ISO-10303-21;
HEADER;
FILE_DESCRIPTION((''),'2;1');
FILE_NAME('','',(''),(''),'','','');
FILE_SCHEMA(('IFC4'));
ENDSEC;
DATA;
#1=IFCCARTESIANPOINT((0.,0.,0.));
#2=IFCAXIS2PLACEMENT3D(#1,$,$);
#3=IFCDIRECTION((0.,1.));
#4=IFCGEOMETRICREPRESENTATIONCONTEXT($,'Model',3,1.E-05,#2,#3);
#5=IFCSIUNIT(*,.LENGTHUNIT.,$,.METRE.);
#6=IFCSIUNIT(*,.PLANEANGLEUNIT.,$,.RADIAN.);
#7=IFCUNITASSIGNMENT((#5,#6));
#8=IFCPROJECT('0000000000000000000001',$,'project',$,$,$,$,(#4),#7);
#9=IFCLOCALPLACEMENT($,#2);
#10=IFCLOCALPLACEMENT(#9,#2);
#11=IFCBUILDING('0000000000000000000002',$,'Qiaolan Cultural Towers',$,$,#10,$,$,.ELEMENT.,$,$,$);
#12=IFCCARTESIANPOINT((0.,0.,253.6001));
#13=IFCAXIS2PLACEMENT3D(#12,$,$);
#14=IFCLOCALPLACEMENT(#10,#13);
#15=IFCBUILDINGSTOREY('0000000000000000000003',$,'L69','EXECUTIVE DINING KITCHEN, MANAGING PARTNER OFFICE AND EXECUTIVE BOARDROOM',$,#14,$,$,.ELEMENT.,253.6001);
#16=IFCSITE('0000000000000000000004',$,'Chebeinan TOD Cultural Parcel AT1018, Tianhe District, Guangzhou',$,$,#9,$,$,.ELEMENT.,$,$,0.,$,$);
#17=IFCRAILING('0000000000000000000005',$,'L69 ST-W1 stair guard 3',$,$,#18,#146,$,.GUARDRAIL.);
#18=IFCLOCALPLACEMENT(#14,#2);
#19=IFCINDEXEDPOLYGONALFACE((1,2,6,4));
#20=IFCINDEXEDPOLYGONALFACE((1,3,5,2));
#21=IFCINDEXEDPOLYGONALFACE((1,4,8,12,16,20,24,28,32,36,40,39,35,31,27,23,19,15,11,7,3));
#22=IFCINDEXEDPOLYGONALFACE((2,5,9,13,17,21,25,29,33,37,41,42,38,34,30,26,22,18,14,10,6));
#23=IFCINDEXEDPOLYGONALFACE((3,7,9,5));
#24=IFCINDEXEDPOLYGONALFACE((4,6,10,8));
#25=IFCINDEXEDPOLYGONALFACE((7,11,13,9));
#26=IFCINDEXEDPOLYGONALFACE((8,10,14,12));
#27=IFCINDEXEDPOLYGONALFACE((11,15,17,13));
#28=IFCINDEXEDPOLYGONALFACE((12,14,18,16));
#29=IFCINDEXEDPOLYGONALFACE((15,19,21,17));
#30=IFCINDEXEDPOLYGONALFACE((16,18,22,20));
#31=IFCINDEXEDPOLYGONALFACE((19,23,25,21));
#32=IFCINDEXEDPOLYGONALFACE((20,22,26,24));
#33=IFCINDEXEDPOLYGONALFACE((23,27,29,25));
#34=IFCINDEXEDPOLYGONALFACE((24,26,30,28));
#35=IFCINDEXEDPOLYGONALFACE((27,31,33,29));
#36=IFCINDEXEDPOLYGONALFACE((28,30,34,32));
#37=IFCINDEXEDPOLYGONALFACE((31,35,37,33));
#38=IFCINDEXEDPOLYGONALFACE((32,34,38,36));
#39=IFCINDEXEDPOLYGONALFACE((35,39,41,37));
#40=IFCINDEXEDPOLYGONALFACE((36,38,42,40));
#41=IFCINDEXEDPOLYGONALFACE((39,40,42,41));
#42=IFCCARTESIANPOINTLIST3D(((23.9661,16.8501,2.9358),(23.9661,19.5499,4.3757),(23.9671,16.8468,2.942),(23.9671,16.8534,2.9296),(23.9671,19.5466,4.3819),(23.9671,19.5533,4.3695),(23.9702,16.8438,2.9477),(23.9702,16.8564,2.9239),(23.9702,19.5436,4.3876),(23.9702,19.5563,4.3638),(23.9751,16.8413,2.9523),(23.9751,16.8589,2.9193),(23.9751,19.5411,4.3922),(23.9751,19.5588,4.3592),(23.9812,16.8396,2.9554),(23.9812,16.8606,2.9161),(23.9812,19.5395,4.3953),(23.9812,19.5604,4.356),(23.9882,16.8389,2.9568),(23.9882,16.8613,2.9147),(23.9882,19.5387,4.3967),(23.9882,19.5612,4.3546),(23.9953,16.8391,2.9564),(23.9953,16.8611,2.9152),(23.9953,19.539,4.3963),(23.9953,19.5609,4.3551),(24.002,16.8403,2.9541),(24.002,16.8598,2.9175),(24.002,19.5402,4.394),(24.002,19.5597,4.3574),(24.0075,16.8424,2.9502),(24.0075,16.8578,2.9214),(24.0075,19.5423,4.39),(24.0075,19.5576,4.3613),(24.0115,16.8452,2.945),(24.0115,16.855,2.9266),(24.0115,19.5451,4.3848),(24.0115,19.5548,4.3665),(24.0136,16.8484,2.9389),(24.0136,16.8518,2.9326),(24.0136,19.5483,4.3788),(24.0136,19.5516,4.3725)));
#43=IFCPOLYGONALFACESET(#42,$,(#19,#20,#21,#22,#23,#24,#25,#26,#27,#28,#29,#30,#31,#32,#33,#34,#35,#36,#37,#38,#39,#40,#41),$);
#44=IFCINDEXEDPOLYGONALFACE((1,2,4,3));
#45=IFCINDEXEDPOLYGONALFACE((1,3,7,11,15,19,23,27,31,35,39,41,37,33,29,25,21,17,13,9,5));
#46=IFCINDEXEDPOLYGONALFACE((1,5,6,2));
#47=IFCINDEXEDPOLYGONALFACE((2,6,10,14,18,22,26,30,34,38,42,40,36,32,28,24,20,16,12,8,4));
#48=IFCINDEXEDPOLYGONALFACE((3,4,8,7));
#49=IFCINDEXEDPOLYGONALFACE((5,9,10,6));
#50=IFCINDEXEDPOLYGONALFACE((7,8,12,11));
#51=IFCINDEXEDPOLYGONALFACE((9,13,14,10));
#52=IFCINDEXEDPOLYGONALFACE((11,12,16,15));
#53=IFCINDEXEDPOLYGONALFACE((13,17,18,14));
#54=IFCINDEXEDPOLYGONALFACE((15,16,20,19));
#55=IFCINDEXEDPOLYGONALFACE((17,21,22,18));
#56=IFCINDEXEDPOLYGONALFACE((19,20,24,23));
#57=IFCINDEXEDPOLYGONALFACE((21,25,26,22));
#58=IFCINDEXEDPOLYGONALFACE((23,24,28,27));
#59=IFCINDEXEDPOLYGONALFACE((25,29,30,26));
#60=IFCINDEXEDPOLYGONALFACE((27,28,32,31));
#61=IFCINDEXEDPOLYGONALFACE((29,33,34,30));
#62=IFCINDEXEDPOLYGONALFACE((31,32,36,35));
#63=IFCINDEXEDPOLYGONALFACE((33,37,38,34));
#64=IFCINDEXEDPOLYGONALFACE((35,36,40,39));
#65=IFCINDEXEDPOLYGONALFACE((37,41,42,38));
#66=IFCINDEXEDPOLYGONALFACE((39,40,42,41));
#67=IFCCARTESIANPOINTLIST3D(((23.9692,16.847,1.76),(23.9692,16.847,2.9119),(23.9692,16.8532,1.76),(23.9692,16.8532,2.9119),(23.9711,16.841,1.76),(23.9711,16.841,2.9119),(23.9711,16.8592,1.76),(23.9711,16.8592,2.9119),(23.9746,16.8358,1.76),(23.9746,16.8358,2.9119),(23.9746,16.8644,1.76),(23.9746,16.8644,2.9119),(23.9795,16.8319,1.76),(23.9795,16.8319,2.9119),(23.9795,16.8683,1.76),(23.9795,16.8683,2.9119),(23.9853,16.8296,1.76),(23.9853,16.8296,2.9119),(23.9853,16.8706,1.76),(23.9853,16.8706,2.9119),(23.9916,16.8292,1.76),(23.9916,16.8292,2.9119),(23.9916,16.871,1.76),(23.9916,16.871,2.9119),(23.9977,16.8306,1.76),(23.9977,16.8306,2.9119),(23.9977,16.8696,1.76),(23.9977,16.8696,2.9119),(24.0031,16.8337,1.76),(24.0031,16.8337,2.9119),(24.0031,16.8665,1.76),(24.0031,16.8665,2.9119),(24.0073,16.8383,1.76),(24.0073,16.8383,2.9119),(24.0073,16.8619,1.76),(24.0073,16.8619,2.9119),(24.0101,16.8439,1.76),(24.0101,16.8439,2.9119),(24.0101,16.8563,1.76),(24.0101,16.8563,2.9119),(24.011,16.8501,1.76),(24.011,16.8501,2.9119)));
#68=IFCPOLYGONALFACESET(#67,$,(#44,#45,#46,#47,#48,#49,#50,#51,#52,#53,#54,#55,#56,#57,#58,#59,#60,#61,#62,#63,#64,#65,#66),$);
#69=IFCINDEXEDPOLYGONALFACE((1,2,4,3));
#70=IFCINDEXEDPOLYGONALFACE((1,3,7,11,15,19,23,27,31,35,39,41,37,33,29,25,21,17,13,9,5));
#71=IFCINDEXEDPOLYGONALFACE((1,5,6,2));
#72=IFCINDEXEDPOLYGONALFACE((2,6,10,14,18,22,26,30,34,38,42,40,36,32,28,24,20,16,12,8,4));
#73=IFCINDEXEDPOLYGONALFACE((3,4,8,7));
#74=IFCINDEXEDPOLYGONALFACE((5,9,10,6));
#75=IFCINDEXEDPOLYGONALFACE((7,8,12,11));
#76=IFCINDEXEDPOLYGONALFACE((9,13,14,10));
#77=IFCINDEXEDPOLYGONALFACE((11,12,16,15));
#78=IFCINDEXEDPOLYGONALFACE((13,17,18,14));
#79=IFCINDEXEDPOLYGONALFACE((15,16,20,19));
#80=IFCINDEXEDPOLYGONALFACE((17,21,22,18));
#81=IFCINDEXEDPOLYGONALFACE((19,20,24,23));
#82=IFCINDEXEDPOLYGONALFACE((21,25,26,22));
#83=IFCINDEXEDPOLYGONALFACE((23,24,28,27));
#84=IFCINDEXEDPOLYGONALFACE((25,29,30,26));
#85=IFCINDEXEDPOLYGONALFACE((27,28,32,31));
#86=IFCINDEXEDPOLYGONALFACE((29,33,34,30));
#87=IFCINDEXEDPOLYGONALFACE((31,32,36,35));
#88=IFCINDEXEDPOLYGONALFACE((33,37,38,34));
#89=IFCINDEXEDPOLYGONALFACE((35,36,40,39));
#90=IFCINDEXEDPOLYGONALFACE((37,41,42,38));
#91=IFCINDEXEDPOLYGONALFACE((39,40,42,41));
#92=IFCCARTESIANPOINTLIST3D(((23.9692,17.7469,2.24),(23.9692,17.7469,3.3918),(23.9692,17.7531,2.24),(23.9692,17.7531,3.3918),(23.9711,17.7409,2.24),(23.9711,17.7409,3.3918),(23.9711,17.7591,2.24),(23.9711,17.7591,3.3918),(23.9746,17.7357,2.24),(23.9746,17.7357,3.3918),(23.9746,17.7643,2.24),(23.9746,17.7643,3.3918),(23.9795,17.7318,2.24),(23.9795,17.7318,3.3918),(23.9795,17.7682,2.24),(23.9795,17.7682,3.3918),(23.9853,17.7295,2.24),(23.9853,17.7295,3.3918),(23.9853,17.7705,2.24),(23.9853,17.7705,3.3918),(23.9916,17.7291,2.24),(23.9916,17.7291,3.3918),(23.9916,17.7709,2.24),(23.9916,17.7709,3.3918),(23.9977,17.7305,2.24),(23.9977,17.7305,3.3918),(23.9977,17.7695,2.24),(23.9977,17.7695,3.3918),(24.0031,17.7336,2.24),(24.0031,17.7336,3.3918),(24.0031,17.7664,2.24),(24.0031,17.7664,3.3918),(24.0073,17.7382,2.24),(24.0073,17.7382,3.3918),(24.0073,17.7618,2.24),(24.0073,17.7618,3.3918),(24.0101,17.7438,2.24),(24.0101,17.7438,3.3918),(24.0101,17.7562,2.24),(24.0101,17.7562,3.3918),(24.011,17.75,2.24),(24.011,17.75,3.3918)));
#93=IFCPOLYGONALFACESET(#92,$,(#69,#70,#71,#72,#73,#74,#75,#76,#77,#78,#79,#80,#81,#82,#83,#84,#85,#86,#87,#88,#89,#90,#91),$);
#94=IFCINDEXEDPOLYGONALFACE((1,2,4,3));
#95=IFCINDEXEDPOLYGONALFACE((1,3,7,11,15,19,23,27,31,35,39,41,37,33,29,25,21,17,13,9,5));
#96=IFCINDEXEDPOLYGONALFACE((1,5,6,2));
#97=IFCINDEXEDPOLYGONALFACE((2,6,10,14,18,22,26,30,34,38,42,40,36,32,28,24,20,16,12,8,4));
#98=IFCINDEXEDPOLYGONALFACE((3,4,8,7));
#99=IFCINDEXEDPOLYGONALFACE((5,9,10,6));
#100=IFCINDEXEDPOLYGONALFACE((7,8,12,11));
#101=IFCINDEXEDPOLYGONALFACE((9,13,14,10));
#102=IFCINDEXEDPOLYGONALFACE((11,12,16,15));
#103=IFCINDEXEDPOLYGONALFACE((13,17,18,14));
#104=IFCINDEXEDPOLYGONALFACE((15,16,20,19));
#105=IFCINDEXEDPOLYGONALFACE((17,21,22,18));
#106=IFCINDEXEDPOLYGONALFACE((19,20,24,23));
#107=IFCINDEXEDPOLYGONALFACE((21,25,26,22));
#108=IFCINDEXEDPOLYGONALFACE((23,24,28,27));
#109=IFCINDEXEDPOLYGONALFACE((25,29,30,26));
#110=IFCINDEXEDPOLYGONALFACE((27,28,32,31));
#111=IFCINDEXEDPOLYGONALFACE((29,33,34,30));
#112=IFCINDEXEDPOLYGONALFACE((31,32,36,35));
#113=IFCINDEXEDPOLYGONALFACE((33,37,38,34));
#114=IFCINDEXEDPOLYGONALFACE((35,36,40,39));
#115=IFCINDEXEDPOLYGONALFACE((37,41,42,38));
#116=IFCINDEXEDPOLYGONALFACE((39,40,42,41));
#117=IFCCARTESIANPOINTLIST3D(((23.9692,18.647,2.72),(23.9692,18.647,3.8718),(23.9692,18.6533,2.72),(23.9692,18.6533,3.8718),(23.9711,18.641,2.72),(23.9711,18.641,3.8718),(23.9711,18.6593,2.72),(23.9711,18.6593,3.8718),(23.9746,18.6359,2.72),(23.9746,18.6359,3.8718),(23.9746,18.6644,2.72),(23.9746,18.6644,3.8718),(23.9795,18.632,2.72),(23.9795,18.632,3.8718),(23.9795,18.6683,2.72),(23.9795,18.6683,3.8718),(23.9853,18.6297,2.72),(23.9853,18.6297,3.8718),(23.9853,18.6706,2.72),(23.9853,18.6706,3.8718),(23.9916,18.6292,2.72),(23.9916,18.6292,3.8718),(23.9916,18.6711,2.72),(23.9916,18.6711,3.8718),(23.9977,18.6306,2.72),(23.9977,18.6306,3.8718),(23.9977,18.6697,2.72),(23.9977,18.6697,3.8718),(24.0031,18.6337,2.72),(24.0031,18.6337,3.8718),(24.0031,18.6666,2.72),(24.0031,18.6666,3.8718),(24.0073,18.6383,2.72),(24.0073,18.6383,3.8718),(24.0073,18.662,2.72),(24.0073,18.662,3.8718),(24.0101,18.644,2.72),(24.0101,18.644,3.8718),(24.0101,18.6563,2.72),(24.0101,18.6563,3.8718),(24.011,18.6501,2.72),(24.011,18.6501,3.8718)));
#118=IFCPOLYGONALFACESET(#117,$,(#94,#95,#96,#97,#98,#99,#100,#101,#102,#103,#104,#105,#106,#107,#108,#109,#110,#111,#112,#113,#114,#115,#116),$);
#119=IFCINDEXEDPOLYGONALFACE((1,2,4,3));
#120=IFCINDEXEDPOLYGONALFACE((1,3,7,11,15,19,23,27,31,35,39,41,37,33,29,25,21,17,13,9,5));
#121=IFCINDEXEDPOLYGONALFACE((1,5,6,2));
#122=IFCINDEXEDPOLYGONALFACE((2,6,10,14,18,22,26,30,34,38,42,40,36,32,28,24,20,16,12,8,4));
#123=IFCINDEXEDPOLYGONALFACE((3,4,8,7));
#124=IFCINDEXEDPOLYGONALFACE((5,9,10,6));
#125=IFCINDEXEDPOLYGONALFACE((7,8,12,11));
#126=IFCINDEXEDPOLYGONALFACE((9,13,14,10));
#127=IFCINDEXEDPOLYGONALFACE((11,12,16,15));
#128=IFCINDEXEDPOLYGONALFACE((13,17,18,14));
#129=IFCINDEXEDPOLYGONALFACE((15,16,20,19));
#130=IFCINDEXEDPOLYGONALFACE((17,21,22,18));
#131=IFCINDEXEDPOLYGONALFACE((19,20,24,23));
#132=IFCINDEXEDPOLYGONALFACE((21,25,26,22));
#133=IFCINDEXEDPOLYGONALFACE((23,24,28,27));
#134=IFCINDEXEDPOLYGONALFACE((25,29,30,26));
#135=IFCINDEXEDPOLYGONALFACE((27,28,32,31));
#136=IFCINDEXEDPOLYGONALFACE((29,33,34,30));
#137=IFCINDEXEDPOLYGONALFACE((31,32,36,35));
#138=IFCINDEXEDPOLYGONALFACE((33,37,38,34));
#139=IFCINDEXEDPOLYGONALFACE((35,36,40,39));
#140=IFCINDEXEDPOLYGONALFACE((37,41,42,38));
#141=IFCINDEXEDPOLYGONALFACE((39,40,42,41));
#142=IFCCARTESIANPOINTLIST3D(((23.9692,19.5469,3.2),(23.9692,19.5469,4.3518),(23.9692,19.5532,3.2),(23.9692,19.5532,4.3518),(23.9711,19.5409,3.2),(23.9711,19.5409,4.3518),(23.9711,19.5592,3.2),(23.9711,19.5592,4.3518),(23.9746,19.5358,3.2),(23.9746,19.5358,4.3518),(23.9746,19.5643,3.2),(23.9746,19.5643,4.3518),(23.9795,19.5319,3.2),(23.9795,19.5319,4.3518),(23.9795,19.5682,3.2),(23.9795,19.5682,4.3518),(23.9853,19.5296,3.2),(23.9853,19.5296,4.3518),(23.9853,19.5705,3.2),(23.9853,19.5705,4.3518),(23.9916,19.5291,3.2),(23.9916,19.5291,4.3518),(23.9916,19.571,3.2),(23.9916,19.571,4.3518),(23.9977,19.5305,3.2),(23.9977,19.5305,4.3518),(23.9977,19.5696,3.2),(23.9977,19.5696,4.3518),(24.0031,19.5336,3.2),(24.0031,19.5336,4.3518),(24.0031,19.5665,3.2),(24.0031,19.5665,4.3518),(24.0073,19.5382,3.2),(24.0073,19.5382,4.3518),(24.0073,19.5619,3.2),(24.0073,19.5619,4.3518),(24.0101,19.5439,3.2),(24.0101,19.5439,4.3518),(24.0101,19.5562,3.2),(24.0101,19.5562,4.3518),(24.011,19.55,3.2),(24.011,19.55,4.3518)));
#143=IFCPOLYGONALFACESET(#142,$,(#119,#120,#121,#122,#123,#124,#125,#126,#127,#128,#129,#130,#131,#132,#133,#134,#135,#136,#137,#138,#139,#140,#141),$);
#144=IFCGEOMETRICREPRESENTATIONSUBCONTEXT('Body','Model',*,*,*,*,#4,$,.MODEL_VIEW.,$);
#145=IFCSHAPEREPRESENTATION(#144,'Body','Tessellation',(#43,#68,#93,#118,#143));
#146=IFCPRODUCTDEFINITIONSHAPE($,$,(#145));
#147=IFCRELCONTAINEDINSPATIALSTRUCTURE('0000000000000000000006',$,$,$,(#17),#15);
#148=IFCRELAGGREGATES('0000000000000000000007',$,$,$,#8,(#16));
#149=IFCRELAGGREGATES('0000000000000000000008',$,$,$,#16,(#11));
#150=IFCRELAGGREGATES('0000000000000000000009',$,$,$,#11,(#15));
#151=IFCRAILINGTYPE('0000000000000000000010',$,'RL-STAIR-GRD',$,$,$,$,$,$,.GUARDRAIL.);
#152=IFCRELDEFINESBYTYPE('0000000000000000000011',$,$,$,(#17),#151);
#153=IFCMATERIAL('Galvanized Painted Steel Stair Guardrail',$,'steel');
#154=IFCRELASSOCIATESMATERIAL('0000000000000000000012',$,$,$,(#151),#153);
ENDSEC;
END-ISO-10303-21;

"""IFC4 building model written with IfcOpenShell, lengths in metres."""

from ifc_helpers import new_model, si_unit, direction, frame, origin, origin_2d, place, context, subcontext, project, spatial, circle, extrude, material, type_object, element, save


model = new_model("IFC4")

# Units and contexts
model_context = context("Model", 3, precision=1e-05, world=origin(), true_north=direction((0.0, 1.0)))
body_context = subcontext(model_context, "Body", "Model", "MODEL_VIEW")
ifc_project = project(units=[si_unit("LENGTHUNIT", "METRE"), si_unit("PLANEANGLEUNIT", "RADIAN")], contexts=[model_context])

# Site, building, storey
site_placement = place(None, origin())
site = spatial("IfcSite", under=ifc_project, at=site_placement, Name="Chebeinan TOD Cultural Parcel AT1018, Tianhe District, Guangzhou", CompositionType="ELEMENT", RefElevation=0.0)
building_placement = place(site_placement, origin())
building = spatial("IfcBuilding", under=site, at=building_placement, Name="Qiaolan Cultural Towers", CompositionType="ELEMENT")
storey_placement = place(building_placement, frame((0.0, 0.0, 253.6001)))
storey = spatial("IfcBuildingStorey", under=building, at=storey_placement, Name="L69", Description="EXECUTIVE DINING KITCHEN, MANAGING PARTNER OFFICE AND EXECUTIVE BOARDROOM", CompositionType="ELEMENT", Elevation=253.6001)

# Railing
ifc_material_1 = material(Name="Galvanized Painted Steel Stair Guardrail", Category="steel")
railing_type = type_object("IfcRailingType", Name="RL-STAIR-GRD", PredefinedType="GUARDRAIL", material=ifc_material_1)
railing_1_placement = place(storey_placement, frame((23.99, 16.8501, 1.76)))
element("IfcRailing", 1, at=railing_1_placement, inside=storey, type_object=railing_type, Name="L69 ST-W1 stair guard 3", PredefinedType="GUARDRAIL", context=body_context, shape_type="SweptSolid", body=[
    extrude(circle(Radius=0.0239, at=origin_2d()), frame((0.0, 0.0, 1.1758), z_axis=(0.0, 0.882357, 0.47058), x_axis=(-1.0, 0.0, 0.0)), (0.0, 0.0, 1.0), 3.0598),
    extrude(circle(Radius=0.021, at=origin_2d()), origin(), (0.0, 0.0, 1.0), 1.1519),
    extrude(circle(Radius=0.021, at=origin_2d()), frame((0.0, 0.8999, 0.48)), (0.0, 0.0, 1.0), 1.1519),
    extrude(circle(Radius=0.021, at=origin_2d()), frame((0.0, 1.8, 0.96)), (0.0, 0.0, 1.0), 1.1519),
    extrude(circle(Radius=0.021, at=origin_2d()), frame((0.0, 2.7, 1.4399)), (0.0, 0.0, 1.0), 1.1519),
])

save(model, "model.ifc")
